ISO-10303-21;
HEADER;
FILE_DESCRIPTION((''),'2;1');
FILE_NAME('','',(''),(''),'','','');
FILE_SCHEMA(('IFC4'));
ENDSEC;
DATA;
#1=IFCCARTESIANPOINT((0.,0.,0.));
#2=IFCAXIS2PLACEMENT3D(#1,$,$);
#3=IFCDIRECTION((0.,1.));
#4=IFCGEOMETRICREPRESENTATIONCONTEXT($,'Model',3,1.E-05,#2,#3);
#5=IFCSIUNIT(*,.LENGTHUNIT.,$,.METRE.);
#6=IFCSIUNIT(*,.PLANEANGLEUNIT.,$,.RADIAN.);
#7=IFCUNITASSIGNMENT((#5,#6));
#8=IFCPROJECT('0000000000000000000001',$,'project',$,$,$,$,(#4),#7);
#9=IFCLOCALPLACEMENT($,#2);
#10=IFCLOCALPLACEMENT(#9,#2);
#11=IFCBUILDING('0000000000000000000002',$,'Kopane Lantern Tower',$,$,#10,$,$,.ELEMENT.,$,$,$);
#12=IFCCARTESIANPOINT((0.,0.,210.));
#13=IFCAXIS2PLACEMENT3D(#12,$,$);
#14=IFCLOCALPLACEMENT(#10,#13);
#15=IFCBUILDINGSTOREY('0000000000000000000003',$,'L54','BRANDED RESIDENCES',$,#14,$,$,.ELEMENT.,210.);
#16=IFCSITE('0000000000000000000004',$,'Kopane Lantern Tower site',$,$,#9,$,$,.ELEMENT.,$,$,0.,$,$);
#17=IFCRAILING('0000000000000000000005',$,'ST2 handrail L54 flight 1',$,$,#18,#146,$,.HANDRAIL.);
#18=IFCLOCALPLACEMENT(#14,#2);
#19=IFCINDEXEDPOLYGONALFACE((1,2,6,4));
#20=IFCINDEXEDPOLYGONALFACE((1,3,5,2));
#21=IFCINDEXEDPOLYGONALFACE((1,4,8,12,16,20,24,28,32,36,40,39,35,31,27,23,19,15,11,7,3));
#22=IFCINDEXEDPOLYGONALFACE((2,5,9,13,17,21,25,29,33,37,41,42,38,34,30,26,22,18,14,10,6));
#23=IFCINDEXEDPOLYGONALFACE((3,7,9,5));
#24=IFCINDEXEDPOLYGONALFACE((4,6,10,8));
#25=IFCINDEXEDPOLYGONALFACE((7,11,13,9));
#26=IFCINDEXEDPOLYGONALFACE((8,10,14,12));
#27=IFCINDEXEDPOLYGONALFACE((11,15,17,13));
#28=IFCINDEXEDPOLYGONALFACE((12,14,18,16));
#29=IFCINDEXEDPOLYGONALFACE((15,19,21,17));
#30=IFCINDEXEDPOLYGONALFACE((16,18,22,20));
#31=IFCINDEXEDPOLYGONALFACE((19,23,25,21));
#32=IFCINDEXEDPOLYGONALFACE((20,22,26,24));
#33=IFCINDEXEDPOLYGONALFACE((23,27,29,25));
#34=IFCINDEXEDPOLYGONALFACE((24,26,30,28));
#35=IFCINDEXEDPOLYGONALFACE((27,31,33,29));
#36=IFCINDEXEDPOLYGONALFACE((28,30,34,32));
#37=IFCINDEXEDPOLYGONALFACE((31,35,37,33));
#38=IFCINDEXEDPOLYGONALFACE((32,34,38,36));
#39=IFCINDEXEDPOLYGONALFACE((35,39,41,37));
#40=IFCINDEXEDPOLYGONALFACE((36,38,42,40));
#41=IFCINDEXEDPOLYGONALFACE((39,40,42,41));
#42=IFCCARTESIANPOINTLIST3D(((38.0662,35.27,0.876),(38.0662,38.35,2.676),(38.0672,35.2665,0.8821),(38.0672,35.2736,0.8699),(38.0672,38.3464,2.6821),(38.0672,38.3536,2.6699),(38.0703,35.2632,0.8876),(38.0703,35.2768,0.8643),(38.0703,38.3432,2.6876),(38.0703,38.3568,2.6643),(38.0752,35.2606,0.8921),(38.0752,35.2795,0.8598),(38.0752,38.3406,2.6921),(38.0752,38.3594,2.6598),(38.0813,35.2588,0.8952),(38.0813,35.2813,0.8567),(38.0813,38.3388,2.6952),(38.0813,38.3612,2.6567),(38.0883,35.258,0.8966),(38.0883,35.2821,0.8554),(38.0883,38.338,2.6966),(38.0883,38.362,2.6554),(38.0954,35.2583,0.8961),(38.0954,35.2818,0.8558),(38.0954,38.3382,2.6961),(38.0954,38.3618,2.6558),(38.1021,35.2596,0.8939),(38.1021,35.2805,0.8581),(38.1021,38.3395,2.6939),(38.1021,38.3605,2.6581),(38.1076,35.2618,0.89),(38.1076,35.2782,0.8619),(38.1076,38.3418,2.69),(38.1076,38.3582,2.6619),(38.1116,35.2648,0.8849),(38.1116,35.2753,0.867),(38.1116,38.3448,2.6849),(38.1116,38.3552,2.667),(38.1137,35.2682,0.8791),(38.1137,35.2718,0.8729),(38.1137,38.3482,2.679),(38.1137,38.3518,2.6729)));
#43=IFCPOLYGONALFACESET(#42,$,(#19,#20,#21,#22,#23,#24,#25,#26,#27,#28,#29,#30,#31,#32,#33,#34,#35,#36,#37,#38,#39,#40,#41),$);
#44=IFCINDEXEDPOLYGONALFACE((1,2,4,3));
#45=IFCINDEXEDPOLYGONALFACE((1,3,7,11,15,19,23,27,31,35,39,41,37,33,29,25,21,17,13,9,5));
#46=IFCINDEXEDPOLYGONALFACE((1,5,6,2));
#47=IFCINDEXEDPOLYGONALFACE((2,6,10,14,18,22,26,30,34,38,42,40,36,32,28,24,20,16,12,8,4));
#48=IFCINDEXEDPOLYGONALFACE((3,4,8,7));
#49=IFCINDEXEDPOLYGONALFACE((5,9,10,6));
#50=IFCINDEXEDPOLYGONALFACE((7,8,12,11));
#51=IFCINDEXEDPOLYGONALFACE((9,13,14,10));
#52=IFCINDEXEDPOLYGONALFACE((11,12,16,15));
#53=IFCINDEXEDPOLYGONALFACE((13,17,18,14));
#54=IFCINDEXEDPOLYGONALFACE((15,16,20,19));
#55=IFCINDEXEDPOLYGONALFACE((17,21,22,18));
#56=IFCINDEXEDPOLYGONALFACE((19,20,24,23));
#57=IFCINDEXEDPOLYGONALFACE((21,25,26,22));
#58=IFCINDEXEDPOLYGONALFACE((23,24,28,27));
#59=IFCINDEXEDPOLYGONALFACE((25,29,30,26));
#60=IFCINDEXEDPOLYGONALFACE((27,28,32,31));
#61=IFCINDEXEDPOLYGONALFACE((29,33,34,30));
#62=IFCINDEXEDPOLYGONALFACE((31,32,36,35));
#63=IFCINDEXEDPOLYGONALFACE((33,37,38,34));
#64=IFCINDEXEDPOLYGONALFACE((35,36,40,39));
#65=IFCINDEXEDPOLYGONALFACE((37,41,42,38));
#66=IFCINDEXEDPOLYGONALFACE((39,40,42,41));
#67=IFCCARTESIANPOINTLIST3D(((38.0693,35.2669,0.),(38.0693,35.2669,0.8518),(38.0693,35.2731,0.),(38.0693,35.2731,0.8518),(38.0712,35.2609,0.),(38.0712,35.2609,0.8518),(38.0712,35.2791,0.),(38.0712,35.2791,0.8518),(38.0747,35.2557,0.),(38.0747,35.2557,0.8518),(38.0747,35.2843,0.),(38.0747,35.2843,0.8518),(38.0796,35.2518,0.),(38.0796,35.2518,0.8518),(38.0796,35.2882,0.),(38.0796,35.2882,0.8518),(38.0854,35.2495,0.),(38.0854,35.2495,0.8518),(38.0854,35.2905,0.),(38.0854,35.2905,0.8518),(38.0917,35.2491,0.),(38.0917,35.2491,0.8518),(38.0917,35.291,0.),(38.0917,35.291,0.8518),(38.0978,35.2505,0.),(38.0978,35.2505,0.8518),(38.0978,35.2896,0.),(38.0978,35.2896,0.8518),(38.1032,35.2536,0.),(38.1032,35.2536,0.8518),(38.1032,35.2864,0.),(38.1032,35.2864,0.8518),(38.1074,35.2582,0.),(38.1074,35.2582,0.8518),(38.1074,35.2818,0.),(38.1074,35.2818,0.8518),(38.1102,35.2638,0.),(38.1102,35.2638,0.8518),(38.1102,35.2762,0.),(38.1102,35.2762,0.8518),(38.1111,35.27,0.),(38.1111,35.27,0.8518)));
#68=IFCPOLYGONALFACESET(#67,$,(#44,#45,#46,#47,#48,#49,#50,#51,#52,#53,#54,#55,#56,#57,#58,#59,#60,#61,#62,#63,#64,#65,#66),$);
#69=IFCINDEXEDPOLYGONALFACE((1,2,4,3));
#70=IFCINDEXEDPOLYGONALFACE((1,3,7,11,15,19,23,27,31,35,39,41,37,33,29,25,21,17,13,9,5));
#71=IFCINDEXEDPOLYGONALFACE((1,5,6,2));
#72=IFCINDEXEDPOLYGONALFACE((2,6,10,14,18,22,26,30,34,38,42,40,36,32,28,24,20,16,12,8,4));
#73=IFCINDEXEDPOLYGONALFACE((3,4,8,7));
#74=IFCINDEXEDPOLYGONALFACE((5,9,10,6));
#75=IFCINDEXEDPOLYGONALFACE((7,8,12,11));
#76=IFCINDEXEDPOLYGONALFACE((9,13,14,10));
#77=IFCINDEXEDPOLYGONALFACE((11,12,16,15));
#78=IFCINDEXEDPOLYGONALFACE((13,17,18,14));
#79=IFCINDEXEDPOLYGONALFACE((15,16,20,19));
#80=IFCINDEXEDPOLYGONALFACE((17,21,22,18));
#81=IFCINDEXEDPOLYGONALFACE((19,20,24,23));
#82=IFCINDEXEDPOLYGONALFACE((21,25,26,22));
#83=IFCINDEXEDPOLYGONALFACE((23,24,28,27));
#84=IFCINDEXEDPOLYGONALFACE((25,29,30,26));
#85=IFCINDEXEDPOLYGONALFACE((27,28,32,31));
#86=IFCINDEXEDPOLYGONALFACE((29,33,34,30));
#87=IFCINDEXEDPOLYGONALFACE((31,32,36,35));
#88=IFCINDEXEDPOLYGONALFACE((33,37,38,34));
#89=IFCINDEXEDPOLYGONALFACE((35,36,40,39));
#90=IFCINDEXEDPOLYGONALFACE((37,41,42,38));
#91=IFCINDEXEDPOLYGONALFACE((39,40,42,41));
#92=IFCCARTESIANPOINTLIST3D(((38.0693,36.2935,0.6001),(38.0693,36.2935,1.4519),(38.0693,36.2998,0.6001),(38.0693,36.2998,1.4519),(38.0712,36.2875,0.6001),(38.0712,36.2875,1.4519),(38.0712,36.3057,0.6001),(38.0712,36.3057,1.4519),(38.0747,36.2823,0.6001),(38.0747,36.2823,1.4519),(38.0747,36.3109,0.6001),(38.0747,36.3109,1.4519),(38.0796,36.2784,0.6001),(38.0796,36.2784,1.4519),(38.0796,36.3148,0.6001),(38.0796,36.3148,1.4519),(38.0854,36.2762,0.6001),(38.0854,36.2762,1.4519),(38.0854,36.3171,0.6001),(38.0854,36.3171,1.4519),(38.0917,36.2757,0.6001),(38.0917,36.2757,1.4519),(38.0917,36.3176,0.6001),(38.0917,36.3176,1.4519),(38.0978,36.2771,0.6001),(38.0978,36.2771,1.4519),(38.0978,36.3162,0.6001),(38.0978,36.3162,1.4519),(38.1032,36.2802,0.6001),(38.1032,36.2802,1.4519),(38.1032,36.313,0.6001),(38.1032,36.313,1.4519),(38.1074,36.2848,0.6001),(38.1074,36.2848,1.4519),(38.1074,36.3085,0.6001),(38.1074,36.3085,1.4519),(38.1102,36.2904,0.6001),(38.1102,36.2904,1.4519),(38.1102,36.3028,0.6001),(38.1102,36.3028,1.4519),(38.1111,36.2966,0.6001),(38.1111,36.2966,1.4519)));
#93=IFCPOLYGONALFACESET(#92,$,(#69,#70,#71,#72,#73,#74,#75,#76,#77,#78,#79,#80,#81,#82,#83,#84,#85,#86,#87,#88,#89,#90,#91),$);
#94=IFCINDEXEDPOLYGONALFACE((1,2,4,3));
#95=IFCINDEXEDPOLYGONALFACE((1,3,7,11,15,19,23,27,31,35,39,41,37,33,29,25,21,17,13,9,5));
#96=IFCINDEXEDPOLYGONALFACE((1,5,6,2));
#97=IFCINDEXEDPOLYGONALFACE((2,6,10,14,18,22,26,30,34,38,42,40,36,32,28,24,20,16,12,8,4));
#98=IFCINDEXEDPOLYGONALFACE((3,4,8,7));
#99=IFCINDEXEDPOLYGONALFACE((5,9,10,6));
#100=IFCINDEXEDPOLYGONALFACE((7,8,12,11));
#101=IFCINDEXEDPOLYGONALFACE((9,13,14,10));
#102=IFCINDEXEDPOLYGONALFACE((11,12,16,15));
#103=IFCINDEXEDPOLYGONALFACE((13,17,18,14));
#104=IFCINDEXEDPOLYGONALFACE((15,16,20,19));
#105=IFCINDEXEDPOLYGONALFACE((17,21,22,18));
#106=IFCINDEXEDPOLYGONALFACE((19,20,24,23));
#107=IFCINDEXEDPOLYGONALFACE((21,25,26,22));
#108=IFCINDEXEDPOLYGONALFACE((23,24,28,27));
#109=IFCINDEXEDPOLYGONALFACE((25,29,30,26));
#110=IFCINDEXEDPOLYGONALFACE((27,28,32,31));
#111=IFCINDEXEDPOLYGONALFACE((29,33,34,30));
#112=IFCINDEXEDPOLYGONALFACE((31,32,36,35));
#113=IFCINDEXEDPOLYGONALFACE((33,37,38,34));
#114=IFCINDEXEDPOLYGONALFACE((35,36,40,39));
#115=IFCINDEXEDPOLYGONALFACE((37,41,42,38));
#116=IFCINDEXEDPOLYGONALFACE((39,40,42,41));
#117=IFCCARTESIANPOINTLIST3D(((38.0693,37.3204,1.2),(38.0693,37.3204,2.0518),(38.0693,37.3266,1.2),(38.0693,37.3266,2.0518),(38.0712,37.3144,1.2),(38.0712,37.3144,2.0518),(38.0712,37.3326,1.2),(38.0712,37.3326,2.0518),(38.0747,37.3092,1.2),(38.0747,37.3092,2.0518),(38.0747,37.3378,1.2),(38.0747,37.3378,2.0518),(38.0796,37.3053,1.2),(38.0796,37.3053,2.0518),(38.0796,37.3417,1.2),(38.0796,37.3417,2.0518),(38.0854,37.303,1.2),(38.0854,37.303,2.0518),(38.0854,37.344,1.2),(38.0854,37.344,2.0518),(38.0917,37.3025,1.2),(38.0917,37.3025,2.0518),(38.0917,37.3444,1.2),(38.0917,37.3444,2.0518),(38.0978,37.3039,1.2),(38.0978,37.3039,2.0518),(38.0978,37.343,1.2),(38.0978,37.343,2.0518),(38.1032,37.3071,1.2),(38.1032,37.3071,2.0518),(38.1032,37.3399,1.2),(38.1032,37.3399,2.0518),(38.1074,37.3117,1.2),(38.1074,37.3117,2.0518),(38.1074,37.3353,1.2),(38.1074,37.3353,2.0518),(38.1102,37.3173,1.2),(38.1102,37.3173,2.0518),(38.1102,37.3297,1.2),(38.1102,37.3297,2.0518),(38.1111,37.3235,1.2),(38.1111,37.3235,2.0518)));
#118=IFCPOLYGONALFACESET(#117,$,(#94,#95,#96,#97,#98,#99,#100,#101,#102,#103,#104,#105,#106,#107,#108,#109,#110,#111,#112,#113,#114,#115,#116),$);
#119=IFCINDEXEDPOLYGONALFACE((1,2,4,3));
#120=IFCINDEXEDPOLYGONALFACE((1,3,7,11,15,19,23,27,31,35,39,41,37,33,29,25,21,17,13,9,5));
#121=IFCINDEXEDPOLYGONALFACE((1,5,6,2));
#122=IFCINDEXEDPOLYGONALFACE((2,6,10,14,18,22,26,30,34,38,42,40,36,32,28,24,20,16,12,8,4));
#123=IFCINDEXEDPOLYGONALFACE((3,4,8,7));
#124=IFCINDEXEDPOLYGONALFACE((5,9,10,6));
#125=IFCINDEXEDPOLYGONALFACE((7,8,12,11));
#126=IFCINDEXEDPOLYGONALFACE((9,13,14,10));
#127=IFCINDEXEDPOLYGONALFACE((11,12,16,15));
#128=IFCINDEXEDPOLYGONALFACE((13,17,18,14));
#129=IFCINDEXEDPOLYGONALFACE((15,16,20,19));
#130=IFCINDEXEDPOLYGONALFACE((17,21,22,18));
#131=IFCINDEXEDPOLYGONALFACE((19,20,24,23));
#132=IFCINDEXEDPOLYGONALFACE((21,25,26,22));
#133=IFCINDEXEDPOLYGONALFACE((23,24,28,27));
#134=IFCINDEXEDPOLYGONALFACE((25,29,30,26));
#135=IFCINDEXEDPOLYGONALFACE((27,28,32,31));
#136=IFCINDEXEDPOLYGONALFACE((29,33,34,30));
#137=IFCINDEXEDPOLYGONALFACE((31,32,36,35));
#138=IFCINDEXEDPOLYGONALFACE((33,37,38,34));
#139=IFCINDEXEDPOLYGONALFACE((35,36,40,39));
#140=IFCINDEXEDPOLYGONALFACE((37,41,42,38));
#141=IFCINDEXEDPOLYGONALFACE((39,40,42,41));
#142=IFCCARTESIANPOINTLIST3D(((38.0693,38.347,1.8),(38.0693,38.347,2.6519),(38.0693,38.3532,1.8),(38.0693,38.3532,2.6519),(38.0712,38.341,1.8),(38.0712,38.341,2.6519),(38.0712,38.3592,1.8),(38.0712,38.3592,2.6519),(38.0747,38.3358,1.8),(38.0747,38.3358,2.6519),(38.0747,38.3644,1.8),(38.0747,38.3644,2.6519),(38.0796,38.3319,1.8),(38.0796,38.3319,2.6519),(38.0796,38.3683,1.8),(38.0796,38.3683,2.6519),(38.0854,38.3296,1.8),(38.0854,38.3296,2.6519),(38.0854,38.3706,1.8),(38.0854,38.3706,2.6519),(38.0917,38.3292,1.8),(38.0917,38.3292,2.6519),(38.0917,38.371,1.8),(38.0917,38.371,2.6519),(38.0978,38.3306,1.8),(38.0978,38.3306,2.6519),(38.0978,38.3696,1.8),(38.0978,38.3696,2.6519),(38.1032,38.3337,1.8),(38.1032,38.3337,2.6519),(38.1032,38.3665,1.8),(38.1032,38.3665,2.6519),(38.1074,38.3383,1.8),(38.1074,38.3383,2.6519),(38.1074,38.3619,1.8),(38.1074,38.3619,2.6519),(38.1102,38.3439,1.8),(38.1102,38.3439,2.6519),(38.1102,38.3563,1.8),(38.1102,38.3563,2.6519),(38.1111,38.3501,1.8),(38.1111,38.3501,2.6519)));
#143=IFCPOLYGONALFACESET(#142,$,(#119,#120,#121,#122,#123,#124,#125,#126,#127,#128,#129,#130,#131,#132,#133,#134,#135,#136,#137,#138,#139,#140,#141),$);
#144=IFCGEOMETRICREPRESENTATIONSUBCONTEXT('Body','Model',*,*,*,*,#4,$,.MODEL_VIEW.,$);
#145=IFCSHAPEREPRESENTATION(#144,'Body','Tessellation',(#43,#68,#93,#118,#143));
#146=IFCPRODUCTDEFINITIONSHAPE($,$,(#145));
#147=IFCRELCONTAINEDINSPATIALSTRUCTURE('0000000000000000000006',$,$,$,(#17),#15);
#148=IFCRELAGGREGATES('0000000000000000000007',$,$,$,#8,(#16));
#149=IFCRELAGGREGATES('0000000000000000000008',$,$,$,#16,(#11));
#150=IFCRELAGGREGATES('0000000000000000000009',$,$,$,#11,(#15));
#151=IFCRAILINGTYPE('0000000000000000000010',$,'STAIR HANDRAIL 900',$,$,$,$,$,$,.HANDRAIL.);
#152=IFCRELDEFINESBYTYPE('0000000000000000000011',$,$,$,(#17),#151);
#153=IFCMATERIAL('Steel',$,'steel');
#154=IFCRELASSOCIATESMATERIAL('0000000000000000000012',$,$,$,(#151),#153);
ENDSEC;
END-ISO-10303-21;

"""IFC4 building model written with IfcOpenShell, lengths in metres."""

from ifc_helpers import new_model, si_unit, direction, frame, origin, origin_2d, place, context, subcontext, project, spatial, circle, extrude, material, type_object, element, save


model = new_model("IFC4")

# Units and contexts
model_context = context("Model", 3, precision=1e-05, world=origin(), true_north=direction((0.0, 1.0)))
body_context = subcontext(model_context, "Body", "Model", "MODEL_VIEW")
ifc_project = project(units=[si_unit("LENGTHUNIT", "METRE"), si_unit("PLANEANGLEUNIT", "RADIAN")], contexts=[model_context])

# Site, building, storey
site_placement = place(None, origin())
site = spatial("IfcSite", under=ifc_project, at=site_placement, Name="Kopane Lantern Tower site", CompositionType="ELEMENT", RefElevation=0.0)
building_placement = place(site_placement, origin())
building = spatial("IfcBuilding", under=site, at=building_placement, Name="Kopane Lantern Tower", CompositionType="ELEMENT")
storey_placement = place(building_placement, frame((0.0, 0.0, 210.0)))
storey = spatial("IfcBuildingStorey", under=building, at=storey_placement, Name="L54", Description="BRANDED RESIDENCES", CompositionType="ELEMENT", Elevation=210.0)

# Railing
ifc_material_1 = material(Name="Steel", Category="steel")
railing_type_1 = type_object("IfcRailingType", Name="STAIR HANDRAIL 900", PredefinedType="HANDRAIL", material=ifc_material_1)
for number, where, name in (
    (1, (38.0901, 35.27, 0.0), "ST2 handrail L54 flight 1"),
):
    element("IfcRailing", number, at=place(storey_placement, frame(where)), inside=storey, type_object=railing_type_1, Name=name, PredefinedType="HANDRAIL", context=body_context, shape_type="SweptSolid", body=[
        extrude(circle(Radius=0.0239, at=origin_2d()), frame((0.0, 0.0, 0.876), z_axis=(0.0, 0.863372, 0.504569), x_axis=(-1.0, 0.0, 0.0)), (0.0, 0.0, 1.0), 3.5674),
        extrude(circle(Radius=0.021, at=origin_2d()), origin(), (0.0, 0.0, 1.0), 0.8518),
        extrude(circle(Radius=0.021, at=origin_2d()), frame((0.0, 1.0266, 0.6001)), (0.0, 0.0, 1.0), 0.8518),
        extrude(circle(Radius=0.021, at=origin_2d()), frame((0.0, 2.0535, 1.2)), (0.0, 0.0, 1.0), 0.8518),
        extrude(circle(Radius=0.021, at=origin_2d()), frame((0.0, 3.0801, 1.8)), (0.0, 0.0, 1.0), 0.8518),
    ])

save(model, "model.ifc")
